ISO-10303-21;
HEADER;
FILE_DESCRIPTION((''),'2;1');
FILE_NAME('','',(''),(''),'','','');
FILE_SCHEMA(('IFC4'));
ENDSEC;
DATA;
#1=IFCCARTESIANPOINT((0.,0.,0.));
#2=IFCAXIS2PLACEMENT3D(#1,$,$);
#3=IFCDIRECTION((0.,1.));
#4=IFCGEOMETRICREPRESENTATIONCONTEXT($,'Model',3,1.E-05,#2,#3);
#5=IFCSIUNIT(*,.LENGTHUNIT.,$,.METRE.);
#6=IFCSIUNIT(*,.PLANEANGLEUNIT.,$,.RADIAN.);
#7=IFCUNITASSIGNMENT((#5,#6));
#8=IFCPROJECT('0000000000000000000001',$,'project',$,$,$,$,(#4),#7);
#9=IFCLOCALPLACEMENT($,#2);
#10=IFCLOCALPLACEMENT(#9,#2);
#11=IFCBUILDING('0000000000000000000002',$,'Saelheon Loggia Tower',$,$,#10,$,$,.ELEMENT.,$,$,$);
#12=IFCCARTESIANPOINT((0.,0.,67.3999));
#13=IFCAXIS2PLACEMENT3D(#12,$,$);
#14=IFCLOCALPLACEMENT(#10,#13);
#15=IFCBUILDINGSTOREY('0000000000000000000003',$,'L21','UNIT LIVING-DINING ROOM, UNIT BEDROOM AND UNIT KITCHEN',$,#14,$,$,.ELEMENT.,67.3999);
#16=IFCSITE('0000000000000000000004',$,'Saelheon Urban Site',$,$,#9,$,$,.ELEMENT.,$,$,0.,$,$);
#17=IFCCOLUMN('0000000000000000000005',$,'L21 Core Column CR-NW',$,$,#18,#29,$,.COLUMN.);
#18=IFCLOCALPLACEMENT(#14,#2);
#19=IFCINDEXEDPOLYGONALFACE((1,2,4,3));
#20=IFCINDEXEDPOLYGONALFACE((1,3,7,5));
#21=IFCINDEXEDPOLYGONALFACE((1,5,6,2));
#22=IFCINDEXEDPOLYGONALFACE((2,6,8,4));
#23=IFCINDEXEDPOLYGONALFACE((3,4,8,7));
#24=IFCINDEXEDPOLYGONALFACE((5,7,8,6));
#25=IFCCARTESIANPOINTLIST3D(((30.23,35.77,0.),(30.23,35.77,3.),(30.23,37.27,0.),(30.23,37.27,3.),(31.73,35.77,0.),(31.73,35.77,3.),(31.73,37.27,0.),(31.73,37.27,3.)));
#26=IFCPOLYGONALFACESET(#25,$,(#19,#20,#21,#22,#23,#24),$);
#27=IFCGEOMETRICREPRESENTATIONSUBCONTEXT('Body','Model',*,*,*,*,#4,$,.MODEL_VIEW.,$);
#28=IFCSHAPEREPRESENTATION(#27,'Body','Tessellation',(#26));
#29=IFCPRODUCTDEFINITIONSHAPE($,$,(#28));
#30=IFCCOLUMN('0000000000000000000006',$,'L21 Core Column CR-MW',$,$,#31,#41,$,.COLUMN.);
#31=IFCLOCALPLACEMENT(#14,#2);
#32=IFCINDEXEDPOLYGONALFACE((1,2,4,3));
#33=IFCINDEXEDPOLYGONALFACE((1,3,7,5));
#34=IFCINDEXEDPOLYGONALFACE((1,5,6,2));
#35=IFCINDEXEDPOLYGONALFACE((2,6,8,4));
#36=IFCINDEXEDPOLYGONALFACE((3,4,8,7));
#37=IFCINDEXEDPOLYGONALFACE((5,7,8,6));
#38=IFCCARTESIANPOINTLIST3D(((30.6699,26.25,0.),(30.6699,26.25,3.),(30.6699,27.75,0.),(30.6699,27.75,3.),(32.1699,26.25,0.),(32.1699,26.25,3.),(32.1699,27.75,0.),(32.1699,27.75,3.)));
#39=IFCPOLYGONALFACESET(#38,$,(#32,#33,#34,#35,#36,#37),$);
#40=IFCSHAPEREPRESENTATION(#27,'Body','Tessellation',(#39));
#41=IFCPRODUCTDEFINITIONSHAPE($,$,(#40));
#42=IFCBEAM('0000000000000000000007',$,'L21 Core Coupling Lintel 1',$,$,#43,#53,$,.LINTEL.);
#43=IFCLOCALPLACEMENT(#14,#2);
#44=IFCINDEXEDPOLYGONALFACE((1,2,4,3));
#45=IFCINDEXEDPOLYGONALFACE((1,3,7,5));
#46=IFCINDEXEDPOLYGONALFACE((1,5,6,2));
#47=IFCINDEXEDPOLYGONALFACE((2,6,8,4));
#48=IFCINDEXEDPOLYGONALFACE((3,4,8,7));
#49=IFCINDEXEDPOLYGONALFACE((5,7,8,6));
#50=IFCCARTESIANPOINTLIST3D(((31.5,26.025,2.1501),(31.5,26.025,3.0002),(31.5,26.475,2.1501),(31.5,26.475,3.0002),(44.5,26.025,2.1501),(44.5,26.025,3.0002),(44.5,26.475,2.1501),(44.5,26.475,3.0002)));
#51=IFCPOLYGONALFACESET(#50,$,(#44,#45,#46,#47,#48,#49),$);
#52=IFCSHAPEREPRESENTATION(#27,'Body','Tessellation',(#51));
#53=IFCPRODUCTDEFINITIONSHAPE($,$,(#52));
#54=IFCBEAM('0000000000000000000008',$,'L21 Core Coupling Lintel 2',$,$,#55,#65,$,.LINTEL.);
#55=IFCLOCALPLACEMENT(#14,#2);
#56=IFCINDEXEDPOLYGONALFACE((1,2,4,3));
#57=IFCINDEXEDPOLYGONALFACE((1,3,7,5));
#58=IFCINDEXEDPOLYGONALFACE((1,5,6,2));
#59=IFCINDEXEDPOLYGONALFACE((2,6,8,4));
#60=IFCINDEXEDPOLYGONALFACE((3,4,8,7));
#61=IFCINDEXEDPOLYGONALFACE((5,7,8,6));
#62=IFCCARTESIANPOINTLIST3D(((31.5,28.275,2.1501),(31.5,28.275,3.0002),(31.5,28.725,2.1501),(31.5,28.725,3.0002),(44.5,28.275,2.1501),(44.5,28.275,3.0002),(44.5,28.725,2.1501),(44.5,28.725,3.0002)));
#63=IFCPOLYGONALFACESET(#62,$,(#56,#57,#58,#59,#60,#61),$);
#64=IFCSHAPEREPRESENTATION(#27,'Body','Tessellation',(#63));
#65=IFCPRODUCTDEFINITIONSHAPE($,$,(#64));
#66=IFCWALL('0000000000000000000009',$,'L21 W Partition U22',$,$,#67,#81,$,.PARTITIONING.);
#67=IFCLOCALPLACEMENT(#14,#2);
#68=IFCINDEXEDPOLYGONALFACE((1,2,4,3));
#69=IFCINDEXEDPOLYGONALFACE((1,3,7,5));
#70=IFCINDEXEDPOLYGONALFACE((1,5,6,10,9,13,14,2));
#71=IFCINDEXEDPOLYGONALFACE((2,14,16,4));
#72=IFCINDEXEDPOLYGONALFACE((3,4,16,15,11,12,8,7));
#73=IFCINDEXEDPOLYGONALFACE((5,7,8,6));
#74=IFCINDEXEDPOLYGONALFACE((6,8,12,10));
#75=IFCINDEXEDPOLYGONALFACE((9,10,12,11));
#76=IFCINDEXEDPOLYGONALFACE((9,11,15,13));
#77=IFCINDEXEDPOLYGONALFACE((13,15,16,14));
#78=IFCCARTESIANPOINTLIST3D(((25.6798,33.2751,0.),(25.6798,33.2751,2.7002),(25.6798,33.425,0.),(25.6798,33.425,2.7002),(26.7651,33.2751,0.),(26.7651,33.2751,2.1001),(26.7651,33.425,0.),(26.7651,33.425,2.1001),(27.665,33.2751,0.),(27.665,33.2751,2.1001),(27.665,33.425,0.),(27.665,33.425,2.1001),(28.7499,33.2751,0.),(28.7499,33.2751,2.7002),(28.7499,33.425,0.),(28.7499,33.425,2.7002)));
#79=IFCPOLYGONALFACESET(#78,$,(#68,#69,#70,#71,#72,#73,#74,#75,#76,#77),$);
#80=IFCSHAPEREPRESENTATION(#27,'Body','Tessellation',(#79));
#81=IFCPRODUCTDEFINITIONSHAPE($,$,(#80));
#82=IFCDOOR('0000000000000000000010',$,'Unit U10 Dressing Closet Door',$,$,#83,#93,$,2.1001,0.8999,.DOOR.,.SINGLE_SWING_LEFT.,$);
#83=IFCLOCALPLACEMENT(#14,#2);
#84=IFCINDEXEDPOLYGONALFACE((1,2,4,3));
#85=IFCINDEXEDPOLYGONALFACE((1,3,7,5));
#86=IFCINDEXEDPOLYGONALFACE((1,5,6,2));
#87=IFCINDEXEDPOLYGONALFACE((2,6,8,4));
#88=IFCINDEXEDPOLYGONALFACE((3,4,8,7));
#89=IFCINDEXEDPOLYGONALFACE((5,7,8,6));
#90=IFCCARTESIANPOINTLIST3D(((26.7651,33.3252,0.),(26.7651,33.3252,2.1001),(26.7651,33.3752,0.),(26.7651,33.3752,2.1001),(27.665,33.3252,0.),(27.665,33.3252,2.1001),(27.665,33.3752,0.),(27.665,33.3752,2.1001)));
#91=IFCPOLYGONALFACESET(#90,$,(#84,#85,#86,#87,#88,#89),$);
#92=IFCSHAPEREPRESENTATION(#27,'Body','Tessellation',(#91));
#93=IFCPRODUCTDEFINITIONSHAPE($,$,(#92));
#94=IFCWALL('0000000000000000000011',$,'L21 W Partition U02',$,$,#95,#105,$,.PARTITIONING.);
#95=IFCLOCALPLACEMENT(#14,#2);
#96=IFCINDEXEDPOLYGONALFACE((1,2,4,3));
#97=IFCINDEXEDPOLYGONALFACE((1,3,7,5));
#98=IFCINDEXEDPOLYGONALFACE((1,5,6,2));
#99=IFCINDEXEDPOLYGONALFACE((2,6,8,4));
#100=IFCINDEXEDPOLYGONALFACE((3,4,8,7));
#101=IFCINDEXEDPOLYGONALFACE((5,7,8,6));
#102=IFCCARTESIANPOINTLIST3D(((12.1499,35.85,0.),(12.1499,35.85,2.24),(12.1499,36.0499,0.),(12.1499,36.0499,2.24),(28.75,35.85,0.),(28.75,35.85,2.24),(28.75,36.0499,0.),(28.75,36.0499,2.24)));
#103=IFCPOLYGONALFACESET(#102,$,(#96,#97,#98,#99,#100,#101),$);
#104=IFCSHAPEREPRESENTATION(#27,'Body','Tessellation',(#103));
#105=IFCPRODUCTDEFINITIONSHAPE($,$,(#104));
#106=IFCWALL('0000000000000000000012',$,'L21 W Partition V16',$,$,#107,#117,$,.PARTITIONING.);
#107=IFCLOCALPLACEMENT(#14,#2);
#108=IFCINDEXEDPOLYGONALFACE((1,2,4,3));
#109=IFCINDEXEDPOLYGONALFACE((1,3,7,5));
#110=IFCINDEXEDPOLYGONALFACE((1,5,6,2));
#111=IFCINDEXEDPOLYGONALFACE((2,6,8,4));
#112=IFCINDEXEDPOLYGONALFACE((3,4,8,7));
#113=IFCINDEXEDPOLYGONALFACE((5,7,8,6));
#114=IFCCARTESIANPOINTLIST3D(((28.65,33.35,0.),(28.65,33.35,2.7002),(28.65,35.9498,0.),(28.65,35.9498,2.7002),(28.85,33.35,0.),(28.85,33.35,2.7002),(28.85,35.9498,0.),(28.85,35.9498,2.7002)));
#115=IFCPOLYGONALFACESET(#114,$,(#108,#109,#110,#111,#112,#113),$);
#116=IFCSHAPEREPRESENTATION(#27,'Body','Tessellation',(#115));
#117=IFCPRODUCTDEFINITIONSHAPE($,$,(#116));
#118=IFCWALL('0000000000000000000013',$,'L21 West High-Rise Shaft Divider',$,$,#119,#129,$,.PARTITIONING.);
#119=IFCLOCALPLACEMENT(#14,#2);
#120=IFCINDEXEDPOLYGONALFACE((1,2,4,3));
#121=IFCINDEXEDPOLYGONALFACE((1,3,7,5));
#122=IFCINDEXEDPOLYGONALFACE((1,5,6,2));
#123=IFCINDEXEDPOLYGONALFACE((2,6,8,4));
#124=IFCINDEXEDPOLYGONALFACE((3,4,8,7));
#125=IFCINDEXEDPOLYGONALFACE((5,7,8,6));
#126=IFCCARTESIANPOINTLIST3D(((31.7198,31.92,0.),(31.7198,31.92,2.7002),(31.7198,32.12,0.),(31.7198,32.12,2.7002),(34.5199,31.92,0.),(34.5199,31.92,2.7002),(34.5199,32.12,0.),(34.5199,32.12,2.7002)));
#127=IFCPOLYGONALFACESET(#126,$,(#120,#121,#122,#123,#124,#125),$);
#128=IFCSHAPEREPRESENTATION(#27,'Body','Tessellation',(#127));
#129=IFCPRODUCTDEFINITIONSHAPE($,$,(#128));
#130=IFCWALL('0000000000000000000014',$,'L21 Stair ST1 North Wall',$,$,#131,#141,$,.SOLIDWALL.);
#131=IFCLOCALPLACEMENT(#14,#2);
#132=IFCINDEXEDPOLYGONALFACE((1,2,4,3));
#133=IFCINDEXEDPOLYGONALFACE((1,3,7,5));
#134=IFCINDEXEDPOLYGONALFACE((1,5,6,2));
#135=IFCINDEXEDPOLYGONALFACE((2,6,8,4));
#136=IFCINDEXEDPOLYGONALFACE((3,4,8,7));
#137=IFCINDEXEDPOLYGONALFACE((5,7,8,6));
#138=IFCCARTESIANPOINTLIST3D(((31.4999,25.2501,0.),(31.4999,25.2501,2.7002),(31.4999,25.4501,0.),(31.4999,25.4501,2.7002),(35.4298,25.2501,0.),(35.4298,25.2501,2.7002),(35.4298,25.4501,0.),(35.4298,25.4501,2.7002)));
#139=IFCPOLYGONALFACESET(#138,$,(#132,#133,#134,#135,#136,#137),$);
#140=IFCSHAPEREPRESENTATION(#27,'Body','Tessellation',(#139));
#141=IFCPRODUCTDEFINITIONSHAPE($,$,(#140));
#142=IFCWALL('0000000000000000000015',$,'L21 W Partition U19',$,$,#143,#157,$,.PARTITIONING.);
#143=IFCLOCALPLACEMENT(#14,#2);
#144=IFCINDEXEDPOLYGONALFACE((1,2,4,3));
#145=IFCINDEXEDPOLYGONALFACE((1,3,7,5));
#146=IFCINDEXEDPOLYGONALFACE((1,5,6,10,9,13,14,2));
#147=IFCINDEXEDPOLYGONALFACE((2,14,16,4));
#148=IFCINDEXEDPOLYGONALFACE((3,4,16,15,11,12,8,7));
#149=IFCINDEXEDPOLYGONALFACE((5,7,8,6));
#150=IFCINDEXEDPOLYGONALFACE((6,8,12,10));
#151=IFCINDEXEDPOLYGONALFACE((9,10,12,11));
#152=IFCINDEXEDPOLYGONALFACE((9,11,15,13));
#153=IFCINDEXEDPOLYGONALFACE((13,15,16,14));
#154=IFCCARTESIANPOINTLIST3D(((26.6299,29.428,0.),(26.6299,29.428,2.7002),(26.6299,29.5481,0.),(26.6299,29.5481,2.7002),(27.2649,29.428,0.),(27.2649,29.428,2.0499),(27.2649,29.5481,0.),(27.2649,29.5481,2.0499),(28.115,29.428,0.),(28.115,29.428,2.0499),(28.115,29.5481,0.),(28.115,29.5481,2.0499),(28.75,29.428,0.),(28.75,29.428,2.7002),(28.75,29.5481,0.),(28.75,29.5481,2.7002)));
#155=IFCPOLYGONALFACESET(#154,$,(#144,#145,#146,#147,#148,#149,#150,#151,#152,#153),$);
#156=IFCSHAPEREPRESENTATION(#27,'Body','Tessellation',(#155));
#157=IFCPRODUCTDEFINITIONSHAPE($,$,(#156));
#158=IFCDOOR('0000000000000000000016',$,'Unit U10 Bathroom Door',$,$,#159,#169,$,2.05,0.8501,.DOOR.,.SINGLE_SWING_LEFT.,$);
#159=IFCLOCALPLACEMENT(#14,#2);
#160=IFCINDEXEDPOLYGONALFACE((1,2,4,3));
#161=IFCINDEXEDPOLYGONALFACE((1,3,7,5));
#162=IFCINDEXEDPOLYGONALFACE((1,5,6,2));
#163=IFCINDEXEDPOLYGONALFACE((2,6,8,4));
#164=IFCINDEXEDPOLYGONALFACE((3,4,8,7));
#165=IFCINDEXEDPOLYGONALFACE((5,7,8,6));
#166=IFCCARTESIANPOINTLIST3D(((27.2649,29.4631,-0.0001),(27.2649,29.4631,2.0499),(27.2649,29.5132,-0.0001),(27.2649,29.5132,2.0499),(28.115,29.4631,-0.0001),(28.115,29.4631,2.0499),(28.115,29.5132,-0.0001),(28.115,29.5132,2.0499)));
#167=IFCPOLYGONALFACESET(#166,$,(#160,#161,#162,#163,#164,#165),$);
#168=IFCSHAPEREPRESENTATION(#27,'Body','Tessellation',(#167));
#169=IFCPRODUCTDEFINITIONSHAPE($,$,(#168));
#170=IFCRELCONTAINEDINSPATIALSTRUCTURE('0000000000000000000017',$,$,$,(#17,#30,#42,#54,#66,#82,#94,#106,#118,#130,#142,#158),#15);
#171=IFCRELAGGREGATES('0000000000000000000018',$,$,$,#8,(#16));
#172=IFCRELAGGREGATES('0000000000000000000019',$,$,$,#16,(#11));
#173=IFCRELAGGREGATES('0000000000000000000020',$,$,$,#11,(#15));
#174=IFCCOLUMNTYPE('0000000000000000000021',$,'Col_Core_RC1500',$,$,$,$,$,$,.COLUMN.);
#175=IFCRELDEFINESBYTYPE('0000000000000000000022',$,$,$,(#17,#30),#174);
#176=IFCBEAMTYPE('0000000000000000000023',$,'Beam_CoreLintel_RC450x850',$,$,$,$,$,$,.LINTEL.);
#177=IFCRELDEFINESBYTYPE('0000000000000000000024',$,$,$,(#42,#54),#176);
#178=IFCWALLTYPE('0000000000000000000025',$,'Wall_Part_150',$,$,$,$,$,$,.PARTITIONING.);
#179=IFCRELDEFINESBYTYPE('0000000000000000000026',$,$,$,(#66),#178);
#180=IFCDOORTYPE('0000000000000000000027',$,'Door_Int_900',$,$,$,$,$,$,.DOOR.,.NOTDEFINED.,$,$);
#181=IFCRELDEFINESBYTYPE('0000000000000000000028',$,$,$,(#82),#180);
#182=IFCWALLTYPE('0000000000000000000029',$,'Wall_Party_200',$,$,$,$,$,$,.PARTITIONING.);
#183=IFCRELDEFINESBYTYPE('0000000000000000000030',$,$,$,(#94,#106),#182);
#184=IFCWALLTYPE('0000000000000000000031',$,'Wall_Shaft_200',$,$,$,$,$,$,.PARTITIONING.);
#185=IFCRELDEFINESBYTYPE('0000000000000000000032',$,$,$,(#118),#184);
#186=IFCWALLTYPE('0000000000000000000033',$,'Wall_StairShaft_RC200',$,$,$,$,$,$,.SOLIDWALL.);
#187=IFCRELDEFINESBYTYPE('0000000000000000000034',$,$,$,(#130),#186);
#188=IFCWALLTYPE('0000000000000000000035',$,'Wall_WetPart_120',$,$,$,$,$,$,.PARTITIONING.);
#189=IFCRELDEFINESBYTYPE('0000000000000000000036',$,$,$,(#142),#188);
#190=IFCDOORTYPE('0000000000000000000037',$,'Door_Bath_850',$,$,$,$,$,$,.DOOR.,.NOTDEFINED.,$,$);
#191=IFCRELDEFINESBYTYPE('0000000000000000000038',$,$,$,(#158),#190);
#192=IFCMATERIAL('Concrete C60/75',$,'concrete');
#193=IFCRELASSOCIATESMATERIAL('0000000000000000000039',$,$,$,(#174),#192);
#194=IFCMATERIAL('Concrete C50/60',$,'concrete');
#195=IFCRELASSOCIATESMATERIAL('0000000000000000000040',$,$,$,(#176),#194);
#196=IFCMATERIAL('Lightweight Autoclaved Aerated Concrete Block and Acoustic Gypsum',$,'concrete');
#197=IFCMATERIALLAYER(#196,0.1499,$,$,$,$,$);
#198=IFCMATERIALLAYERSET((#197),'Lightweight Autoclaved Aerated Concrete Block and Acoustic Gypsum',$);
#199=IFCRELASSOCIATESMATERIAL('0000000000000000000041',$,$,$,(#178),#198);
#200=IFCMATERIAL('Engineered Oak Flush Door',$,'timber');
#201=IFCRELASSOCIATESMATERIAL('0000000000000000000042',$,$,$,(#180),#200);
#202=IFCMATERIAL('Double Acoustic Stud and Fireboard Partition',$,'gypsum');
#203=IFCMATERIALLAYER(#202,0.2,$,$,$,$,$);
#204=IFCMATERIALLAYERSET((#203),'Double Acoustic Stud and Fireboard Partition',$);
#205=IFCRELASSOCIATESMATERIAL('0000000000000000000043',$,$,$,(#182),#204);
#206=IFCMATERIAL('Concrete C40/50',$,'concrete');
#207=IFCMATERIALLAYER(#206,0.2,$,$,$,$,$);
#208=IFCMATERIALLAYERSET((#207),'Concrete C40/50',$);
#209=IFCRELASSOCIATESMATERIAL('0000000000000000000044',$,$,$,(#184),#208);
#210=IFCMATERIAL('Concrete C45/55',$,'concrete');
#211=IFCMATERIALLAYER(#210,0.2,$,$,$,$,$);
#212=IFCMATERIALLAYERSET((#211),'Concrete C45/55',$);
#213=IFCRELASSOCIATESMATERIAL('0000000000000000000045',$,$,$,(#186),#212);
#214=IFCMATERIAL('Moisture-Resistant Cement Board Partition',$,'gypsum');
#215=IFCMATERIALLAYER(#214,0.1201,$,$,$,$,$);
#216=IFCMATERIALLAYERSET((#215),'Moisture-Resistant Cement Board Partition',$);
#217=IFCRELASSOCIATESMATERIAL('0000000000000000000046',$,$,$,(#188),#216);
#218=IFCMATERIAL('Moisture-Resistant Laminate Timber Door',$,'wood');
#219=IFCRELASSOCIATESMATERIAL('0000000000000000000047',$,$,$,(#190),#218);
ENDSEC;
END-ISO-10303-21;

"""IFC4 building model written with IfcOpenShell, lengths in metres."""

from ifc_helpers import new_model, si_unit, direction, frame, frame_2d, origin, origin_2d, place, context, subcontext, project, spatial, rectangle, extrude, source, transform, mapped, material, layer, layer_set, material_profile, profile_set, type_object, element, fill, save


model = new_model("IFC4")

# Units and contexts
model_context = context("Model", 3, precision=1e-05, world=origin(), true_north=direction((0.0, 1.0)))
body_context = subcontext(model_context, "Body", "Model", "MODEL_VIEW")
ifc_project = project(units=[si_unit("LENGTHUNIT", "METRE"), si_unit("PLANEANGLEUNIT", "RADIAN")], contexts=[model_context])

# Site, building, storey
site_placement = place(None, origin())
site = spatial("IfcSite", under=ifc_project, at=site_placement, Name="Saelheon Urban Site", CompositionType="ELEMENT", RefElevation=0.0)
building_placement = place(site_placement, origin())
building = spatial("IfcBuilding", under=site, at=building_placement, Name="Saelheon Loggia Tower", CompositionType="ELEMENT")
storey_placement = place(building_placement, frame((0.0, 0.0, 67.3999)))
storey = spatial("IfcBuildingStorey", under=building, at=storey_placement, Name="L21", Description="UNIT LIVING-DINING ROOM, UNIT BEDROOM AND UNIT KITCHEN", CompositionType="ELEMENT", Elevation=67.3999)

# Columns
ifc_material_1 = material(Name="Concrete C60/75", Category="concrete")
ifc_material_profile_1 = material_profile(ifc_material_1, rectangle(XDim=1.5, YDim=1.5, at=origin_2d()), Name="RC-1500x1500")
ifc_profile_set_1 = profile_set([ifc_material_profile_1], Name="Concrete C60/75")
column_type = type_object("IfcColumnType", Name="Col_Core_RC1500", PredefinedType="COLUMN", material=ifc_profile_set_1)
shared_shape_1 = source(origin(), body_context, "Body", "SweptSolid", [
    extrude(rectangle(XDim=1.5, YDim=1.5, at=origin_2d()), origin(), (0.0, 0.0, 1.0), 3.0),
])
for number, where, z_axis, x_axis, name in (
    (1, (30.98, 36.52, 0.0), (0.0, 0.0, 1.0), (1.0, 0.0, 0.0), "L21 Core Column CR-NW"),
    (2, (31.4199, 27.0, 0.0), (0.0, 0.0, 1.0), (1.0, 0.0, 0.0), "L21 Core Column CR-MW"),
):
    element("IfcColumn", number, at=place(storey_placement, frame(where, z_axis=z_axis, x_axis=x_axis)), inside=storey, type_object=column_type, Name=name, PredefinedType="COLUMN", context=body_context, shape_type="MappedRepresentation", body=[
        mapped(shared_shape_1, transform((0.0, 0.0, 0.0), scale=1.0)),
    ])

# Beams
ifc_material_2 = material(Name="Concrete C50/60", Category="concrete")
ifc_material_profile_2 = material_profile(ifc_material_2, rectangle(XDim=0.45, YDim=0.8501, at=origin_2d()), Name="RC-450x850")
ifc_profile_set_2 = profile_set([ifc_material_profile_2], Name="Concrete C50/60")
beam_type = type_object("IfcBeamType", Name="Beam_CoreLintel_RC450x850", PredefinedType="LINTEL", material=ifc_profile_set_2)
shared_shape_2 = source(origin(), body_context, "Body", "SweptSolid", [
    extrude(rectangle(XDim=0.45, YDim=0.8501, at=origin_2d()), origin(), (0.0, 0.0, 1.0), 13.0),
])
for number, where, z_axis, x_axis, name in (
    (3, (31.5, 26.25, 2.5752), (1.0, 0.0, 0.0), (0.0, 1.0, 0.0), "L21 Core Coupling Lintel 1"),
    (4, (31.5, 28.5, 2.5752), (1.0, 0.0, 0.0), (0.0, 1.0, 0.0), "L21 Core Coupling Lintel 2"),
):
    element("IfcBeam", number, at=place(storey_placement, frame(where, z_axis=z_axis, x_axis=x_axis)), inside=storey, type_object=beam_type, Name=name, PredefinedType="LINTEL", context=body_context, shape_type="MappedRepresentation", body=[
        mapped(shared_shape_2, transform((0.0, 0.0, 0.0), scale=1.0)),
    ])

# Wall, opening, door
ifc_material_3 = material(Name="Lightweight Autoclaved Aerated Concrete Block and Acoustic Gypsum", Category="concrete")
ifc_layer_1 = layer(ifc_material_3, 0.1499)
ifc_layer_set_1 = layer_set([ifc_layer_1], Name="Lightweight Autoclaved Aerated Concrete Block and Acoustic Gypsum")
wall_type_1 = type_object("IfcWallType", Name="Wall_Part_150", PredefinedType="PARTITIONING", material=ifc_layer_set_1)
wall_1_placement = place(storey_placement, frame((28.75, 33.3501, 0.0), z_axis=(0.0, 0.0, 1.0), x_axis=(-1.0, 0.0, 0.0)))
wall_1 = element("IfcWall", 5, at=wall_1_placement, inside=storey, type_object=wall_type_1, Name="L21 W Partition U22", PredefinedType="PARTITIONING", context=body_context, shape_type="SweptSolid", body=[
    extrude(rectangle(XDim=3.0701, YDim=0.1499, at=frame_2d((1.5352, 0.0))), origin(), (0.0, 0.0, 1.0), 2.7002),
])
opening_1_placement = place(wall_1_placement, frame((1.085, 0.0, 0.0)))
opening_1 = element("IfcOpeningElement", 6, at=opening_1_placement, cuts=wall_1, PredefinedType="OPENING", context=body_context, shape_type="SweptSolid", body=[
    extrude(rectangle(XDim=0.8999, YDim=2.1001, at=frame_2d((0.45, 1.05))), frame((0.0, 0.0869, 0.0), z_axis=(0.0, -1.0, 0.0), x_axis=(1.0, 0.0, 0.0)), (0.0, 0.0, 1.0), 0.1738),
])
ifc_material_4 = material(Name="Engineered Oak Flush Door", Category="timber")
door_type_1 = type_object("IfcDoorType", Name="Door_Int_900", OperationType="NOTDEFINED", PredefinedType="DOOR", material=ifc_material_4)
shared_shape_3 = source(origin(), body_context, "Body", "SweptSolid", [
    extrude(rectangle(XDim=0.8999, YDim=2.1001, at=frame_2d((0.45, 1.05))), frame((0.0, 0.0249, 0.0), z_axis=(0.0, -1.0, 0.0), x_axis=(1.0, 0.0, 0.0)), (0.0, 0.0, 1.0), 0.05),
])
door_1_placement = place(opening_1_placement, origin())
door_1 = element("IfcDoor", 7, at=door_1_placement, inside=storey, type_object=door_type_1, Name="Unit U10 Dressing Closet Door", OperationType="SINGLE_SWING_LEFT", OverallHeight=2.1001, OverallWidth=0.8999, PredefinedType="DOOR", context=body_context, shape_type="MappedRepresentation", body=[
    mapped(shared_shape_3, transform((0.0, 0.0, 0.0), scale=1.0)),
])
fill(opening_1, door_1)

# Wall
ifc_material_5 = material(Name="Double Acoustic Stud and Fireboard Partition", Category="gypsum")
ifc_layer_2 = layer(ifc_material_5, 0.2)
ifc_layer_set_2 = layer_set([ifc_layer_2], Name="Double Acoustic Stud and Fireboard Partition")
wall_type_2 = type_object("IfcWallType", Name="Wall_Party_200", PredefinedType="PARTITIONING", material=ifc_layer_set_2)
wall_2_placement = place(storey_placement, frame((28.75, 35.95, 0.0), z_axis=(0.0, 0.0, 1.0), x_axis=(-1.0, 0.0, 0.0)))
element("IfcWall", 8, at=wall_2_placement, inside=storey, type_object=wall_type_2, Name="L21 W Partition U02", PredefinedType="PARTITIONING", context=body_context, shape_type="SweptSolid", body=[
    extrude(rectangle(XDim=16.6001, YDim=0.2, at=frame_2d((8.3, 0.0))), origin(), (0.0, 0.0, 1.0), 2.24),
])

# Walls
wall_3_placement = place(storey_placement, frame((28.75, 33.3501, 0.0), z_axis=(0.0, 0.0, 1.0), x_axis=(0.0, 1.0, 0.0)))
element("IfcWall", 9, at=wall_3_placement, inside=storey, type_object=wall_type_2, Name="L21 W Partition V16", PredefinedType="PARTITIONING", context=body_context, shape_type="SweptSolid", body=[
    extrude(rectangle(XDim=2.5999, YDim=0.2, at=frame_2d((1.2998, 0.0))), origin(), (0.0, 0.0, 1.0), 2.7002),
])
ifc_material_6 = material(Name="Concrete C40/50", Category="concrete")
ifc_layer_3 = layer(ifc_material_6, 0.2)
ifc_layer_set_3 = layer_set([ifc_layer_3], Name="Concrete C40/50")
wall_type_3 = type_object("IfcWallType", Name="Wall_Shaft_200", PredefinedType="PARTITIONING", material=ifc_layer_set_3)
wall_4_placement = place(storey_placement, frame((31.72, 32.02, 0.0), z_axis=(0.0, 0.0, 1.0), x_axis=(1.0, 0.0, 0.0)))
element("IfcWall", 10, at=wall_4_placement, inside=storey, type_object=wall_type_3, Name="L21 West High-Rise Shaft Divider", PredefinedType="PARTITIONING", context=body_context, shape_type="SweptSolid", body=[
    extrude(rectangle(XDim=2.8, YDim=0.2, at=frame_2d((1.3999, 0.0))), origin(), (0.0, 0.0, 1.0), 2.7002),
])
ifc_material_7 = material(Name="Concrete C45/55", Category="concrete")
ifc_layer_4 = layer(ifc_material_7, 0.2)
ifc_layer_set_4 = layer_set([ifc_layer_4], Name="Concrete C45/55")
wall_type_4 = type_object("IfcWallType", Name="Wall_StairShaft_RC200", PredefinedType="SOLIDWALL", material=ifc_layer_set_4)
wall_5_placement = place(storey_placement, frame((31.5, 25.3501, 0.0), z_axis=(0.0, 0.0, 1.0), x_axis=(1.0, 0.0, 0.0)))
element("IfcWall", 11, at=wall_5_placement, inside=storey, type_object=wall_type_4, Name="L21 Stair ST1 North Wall", PredefinedType="SOLIDWALL", context=body_context, shape_type="SweptSolid", body=[
    extrude(rectangle(XDim=3.9299, YDim=0.2, at=frame_2d((1.9648, 0.0))), origin(), (0.0, 0.0, 1.0), 2.7002),
])

# Wall, opening, door
ifc_material_8 = material(Name="Moisture-Resistant Cement Board Partition", Category="gypsum")
ifc_layer_5 = layer(ifc_material_8, 0.1201)
ifc_layer_set_5 = layer_set([ifc_layer_5], Name="Moisture-Resistant Cement Board Partition")
wall_type_5 = type_object("IfcWallType", Name="Wall_WetPart_120", PredefinedType="PARTITIONING", material=ifc_layer_set_5)
wall_6_placement = place(storey_placement, frame((28.75, 29.488, 0.0), z_axis=(0.0, 0.0, 1.0), x_axis=(-1.0, 0.0, 0.0)))
wall_6 = element("IfcWall", 12, at=wall_6_placement, inside=storey, type_object=wall_type_5, Name="L21 W Partition U19", PredefinedType="PARTITIONING", context=body_context, shape_type="SweptSolid", body=[
    extrude(rectangle(XDim=2.1201, YDim=0.1201, at=frame_2d((1.0601, 0.0))), origin(), (0.0, 0.0, 1.0), 2.7002),
])
opening_2_placement = place(wall_6_placement, frame((0.635, 0.0, 0.0)))
opening_2 = element("IfcOpeningElement", 13, at=opening_2_placement, cuts=wall_6, PredefinedType="OPENING", context=body_context, shape_type="SweptSolid", body=[
    extrude(rectangle(XDim=0.8501, YDim=2.05, at=frame_2d((0.425, 1.0249))), frame((0.0, 0.072, 0.0), z_axis=(0.0, -1.0, 0.0), x_axis=(1.0, 0.0, 0.0)), (0.0, 0.0, 1.0), 0.144),
])
ifc_material_9 = material(Name="Moisture-Resistant Laminate Timber Door", Category="wood")
door_type_2 = type_object("IfcDoorType", Name="Door_Bath_850", OperationType="NOTDEFINED", PredefinedType="DOOR", material=ifc_material_9)
shared_shape_4 = source(origin(), body_context, "Body", "SweptSolid", [
    extrude(rectangle(XDim=0.8501, YDim=2.05, at=frame_2d((0.425, 1.0249))), frame((0.0, 0.0249, 0.0), z_axis=(0.0, -1.0, 0.0), x_axis=(1.0, 0.0, 0.0)), (0.0, 0.0, 1.0), 0.05),
])
door_2_placement = place(opening_2_placement, origin())
door_2 = element("IfcDoor", 14, at=door_2_placement, inside=storey, type_object=door_type_2, Name="Unit U10 Bathroom Door", OperationType="SINGLE_SWING_LEFT", OverallHeight=2.05, OverallWidth=0.8501, PredefinedType="DOOR", context=body_context, shape_type="MappedRepresentation", body=[
    mapped(shared_shape_4, transform((0.0, 0.0, 0.0), scale=1.0)),
])
fill(opening_2, door_2)

save(model, "model.ifc")
